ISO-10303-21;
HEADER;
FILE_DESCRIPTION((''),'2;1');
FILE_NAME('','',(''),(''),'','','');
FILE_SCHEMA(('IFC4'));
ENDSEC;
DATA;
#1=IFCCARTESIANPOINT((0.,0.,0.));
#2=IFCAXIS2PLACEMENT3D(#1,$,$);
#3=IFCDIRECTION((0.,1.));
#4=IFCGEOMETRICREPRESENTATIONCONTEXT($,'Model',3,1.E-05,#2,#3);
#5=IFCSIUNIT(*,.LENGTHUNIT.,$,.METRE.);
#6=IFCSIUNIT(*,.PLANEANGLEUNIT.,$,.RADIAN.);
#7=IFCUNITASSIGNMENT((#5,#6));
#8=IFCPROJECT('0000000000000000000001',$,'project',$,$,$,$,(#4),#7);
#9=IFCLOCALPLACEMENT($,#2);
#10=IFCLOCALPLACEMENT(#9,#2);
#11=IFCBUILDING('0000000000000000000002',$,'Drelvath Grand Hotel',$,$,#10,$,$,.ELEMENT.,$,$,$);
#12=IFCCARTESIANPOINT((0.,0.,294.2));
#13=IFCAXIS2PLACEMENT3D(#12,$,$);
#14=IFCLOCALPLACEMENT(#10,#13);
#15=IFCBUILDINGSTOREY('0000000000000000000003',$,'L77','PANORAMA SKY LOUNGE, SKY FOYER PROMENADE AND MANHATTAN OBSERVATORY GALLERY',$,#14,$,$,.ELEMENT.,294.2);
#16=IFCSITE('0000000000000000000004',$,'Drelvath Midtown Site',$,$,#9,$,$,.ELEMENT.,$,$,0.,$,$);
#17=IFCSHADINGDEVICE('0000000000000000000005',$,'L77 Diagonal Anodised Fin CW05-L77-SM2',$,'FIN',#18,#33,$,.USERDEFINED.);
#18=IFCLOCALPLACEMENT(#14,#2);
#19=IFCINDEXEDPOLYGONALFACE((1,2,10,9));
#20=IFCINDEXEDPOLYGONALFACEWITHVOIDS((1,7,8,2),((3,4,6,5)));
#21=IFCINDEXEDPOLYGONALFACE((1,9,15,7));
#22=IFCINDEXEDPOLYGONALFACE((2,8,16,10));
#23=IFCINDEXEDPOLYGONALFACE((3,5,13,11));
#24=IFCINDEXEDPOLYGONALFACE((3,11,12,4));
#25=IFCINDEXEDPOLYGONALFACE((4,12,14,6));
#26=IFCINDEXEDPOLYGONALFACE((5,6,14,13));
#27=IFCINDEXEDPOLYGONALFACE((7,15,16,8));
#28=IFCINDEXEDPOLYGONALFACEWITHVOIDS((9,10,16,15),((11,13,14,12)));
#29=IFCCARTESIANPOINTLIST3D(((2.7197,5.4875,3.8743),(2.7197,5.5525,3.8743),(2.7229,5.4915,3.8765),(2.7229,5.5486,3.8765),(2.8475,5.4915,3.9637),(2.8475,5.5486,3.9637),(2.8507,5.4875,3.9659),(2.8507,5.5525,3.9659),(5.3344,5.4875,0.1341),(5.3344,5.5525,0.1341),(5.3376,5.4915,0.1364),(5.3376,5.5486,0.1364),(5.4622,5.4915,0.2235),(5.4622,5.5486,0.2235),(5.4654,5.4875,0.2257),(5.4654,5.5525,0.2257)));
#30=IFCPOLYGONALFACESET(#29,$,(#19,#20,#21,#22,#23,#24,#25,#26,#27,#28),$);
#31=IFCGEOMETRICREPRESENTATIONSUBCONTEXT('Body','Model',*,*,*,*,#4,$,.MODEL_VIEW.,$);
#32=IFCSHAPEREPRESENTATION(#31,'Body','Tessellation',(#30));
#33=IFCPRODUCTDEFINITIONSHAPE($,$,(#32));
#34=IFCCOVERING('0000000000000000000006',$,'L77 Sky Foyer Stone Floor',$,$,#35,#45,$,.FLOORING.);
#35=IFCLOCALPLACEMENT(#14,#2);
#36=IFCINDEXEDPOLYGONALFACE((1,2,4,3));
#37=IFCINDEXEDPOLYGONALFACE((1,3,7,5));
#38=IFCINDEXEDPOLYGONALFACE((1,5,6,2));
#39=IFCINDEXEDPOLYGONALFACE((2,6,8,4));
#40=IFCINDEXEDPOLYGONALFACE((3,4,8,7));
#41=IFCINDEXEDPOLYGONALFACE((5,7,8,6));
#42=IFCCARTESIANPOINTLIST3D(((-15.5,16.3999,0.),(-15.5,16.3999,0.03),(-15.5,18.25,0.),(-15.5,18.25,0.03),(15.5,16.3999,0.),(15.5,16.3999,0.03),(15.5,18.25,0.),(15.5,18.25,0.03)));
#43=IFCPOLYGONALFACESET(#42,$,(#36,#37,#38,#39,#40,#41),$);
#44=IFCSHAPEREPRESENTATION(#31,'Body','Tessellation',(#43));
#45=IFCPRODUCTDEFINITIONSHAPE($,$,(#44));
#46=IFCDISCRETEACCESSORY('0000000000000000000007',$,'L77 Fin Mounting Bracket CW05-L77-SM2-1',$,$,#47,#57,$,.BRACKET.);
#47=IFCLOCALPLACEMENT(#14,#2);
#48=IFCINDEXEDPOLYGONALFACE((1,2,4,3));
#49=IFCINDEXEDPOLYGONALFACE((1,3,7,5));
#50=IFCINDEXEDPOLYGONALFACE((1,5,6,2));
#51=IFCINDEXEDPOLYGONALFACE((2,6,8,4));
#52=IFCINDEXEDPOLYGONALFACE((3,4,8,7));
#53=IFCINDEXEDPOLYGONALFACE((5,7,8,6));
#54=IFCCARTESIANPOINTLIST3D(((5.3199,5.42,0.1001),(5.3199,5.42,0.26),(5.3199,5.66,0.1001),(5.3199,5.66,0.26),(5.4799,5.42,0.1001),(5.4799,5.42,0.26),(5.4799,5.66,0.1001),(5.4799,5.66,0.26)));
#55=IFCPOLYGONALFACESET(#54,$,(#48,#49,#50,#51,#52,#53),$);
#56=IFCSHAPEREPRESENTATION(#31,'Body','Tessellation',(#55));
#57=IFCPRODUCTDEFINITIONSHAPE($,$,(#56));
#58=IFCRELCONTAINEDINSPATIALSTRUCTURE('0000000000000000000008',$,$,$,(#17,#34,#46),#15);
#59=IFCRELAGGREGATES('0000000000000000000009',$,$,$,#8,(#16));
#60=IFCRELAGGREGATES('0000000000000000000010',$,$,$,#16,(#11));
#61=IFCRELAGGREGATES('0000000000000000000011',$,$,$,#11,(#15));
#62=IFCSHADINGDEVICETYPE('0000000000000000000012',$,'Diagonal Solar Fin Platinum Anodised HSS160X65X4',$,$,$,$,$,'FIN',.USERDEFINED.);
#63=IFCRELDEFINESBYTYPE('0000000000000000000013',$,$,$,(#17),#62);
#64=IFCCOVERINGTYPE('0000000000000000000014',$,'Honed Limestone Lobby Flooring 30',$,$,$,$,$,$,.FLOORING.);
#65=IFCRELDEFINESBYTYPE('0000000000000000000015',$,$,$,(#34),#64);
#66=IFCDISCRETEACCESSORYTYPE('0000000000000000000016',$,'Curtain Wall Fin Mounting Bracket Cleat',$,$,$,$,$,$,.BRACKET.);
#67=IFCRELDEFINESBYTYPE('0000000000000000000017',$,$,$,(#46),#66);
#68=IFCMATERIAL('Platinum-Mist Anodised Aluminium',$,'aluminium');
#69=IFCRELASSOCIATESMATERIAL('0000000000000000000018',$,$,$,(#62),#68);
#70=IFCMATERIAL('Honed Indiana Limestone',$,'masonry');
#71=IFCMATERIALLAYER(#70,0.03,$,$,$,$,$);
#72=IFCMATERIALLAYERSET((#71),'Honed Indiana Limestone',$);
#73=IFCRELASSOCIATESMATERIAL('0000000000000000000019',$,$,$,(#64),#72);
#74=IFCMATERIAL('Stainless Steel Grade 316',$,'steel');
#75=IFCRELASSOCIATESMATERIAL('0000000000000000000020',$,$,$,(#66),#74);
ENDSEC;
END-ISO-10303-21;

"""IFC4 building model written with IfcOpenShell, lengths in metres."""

from ifc_helpers import new_model, si_unit, direction, frame, origin, origin_2d, place, context, subcontext, project, spatial, polyline, rectangle, hollow_rectangle, outline, extrude, material, layer, layer_set, material_profile, profile_set, type_object, element, save


model = new_model("IFC4")

# Units and contexts
model_context = context("Model", 3, precision=1e-05, world=origin(), true_north=direction((0.0, 1.0)))
body_context = subcontext(model_context, "Body", "Model", "MODEL_VIEW")
ifc_project = project(units=[si_unit("LENGTHUNIT", "METRE"), si_unit("PLANEANGLEUNIT", "RADIAN")], contexts=[model_context])

# Site, building, storey
site_placement = place(None, origin())
site = spatial("IfcSite", under=ifc_project, at=site_placement, Name="Drelvath Midtown Site", CompositionType="ELEMENT", RefElevation=0.0)
building_placement = place(site_placement, origin())
building = spatial("IfcBuilding", under=site, at=building_placement, Name="Drelvath Grand Hotel", CompositionType="ELEMENT")
storey_placement = place(building_placement, frame((0.0, 0.0, 294.2)))
storey = spatial("IfcBuildingStorey", under=building, at=storey_placement, Name="L77", Description="PANORAMA SKY LOUNGE, SKY FOYER PROMENADE AND MANHATTAN OBSERVATORY GALLERY", CompositionType="ELEMENT", Elevation=294.2)

# Shading device
ifc_material_1 = material(Name="Platinum-Mist Anodised Aluminium", Category="aluminium")
ifc_material_profile_1 = material_profile(ifc_material_1, hollow_rectangle(XDim=0.0649, YDim=0.1599, WallThickness=0.0039, at=origin_2d()), Name="HSS160X65X4")
ifc_profile_set_1 = profile_set([ifc_material_profile_1], Name="Platinum-Mist Anodised Aluminium")
shading_device_type = type_object("IfcShadingDeviceType", Name="Diagonal Solar Fin Platinum Anodised HSS160X65X4", ElementType="FIN", PredefinedType="USERDEFINED", material=ifc_profile_set_1)
shading_device_placement = place(storey_placement, frame((5.3999, 5.52, 0.1799), z_axis=(-0.57296, 0.0, 0.819584), x_axis=(0.0, -1.0, 0.0)))
element("IfcShadingDevice", 1, at=shading_device_placement, inside=storey, type_object=shading_device_type, Name="L77 Diagonal Anodised Fin CW05-L77-SM2", ObjectType="FIN", PredefinedType="USERDEFINED", context=body_context, shape_type="SweptSolid", body=[
    extrude(hollow_rectangle(XDim=0.0649, YDim=0.1599, WallThickness=0.0039, at=origin_2d()), origin(), (0.0, 0.0, 1.0), 4.5635),
])

# Covering
ifc_material_2 = material(Name="Honed Indiana Limestone", Category="masonry")
ifc_layer_1 = layer(ifc_material_2, 0.03)
ifc_layer_set_1 = layer_set([ifc_layer_1], Name="Honed Indiana Limestone")
covering_type = type_object("IfcCoveringType", Name="Honed Limestone Lobby Flooring 30", PredefinedType="FLOORING", material=ifc_layer_set_1)
covering_placement = place(storey_placement, origin())
element("IfcCovering", 2, at=covering_placement, inside=storey, type_object=covering_type, Name="L77 Sky Foyer Stone Floor", PredefinedType="FLOORING", context=body_context, shape_type="SweptSolid", body=[
    extrude(outline(polyline([(15.5, 16.3999), (15.5, 18.25), (-15.5, 18.25), (-15.5, 16.3999), (15.5, 16.3999)])), origin(), (0.0, 0.0, 1.0), 0.03),
])

# Discrete accessory
ifc_material_3 = material(Name="Stainless Steel Grade 316", Category="steel")
discrete_accessory_type = type_object("IfcDiscreteAccessoryType", Name="Curtain Wall Fin Mounting Bracket Cleat", PredefinedType="BRACKET", material=ifc_material_3)
discrete_accessory_placement = place(storey_placement, frame((5.3999, 5.54, 0.1001), z_axis=(0.0, 0.0, 1.0), x_axis=(-1.0, 0.0, 0.0)))
element("IfcDiscreteAccessory", 3, at=discrete_accessory_placement, inside=storey, type_object=discrete_accessory_type, Name="L77 Fin Mounting Bracket CW05-L77-SM2-1", PredefinedType="BRACKET", context=body_context, shape_type="SweptSolid", body=[
    extrude(rectangle(XDim=0.1599, YDim=0.24, at=origin_2d()), origin(), (0.0, 0.0, 1.0), 0.1599),
])

save(model, "model.ifc")
